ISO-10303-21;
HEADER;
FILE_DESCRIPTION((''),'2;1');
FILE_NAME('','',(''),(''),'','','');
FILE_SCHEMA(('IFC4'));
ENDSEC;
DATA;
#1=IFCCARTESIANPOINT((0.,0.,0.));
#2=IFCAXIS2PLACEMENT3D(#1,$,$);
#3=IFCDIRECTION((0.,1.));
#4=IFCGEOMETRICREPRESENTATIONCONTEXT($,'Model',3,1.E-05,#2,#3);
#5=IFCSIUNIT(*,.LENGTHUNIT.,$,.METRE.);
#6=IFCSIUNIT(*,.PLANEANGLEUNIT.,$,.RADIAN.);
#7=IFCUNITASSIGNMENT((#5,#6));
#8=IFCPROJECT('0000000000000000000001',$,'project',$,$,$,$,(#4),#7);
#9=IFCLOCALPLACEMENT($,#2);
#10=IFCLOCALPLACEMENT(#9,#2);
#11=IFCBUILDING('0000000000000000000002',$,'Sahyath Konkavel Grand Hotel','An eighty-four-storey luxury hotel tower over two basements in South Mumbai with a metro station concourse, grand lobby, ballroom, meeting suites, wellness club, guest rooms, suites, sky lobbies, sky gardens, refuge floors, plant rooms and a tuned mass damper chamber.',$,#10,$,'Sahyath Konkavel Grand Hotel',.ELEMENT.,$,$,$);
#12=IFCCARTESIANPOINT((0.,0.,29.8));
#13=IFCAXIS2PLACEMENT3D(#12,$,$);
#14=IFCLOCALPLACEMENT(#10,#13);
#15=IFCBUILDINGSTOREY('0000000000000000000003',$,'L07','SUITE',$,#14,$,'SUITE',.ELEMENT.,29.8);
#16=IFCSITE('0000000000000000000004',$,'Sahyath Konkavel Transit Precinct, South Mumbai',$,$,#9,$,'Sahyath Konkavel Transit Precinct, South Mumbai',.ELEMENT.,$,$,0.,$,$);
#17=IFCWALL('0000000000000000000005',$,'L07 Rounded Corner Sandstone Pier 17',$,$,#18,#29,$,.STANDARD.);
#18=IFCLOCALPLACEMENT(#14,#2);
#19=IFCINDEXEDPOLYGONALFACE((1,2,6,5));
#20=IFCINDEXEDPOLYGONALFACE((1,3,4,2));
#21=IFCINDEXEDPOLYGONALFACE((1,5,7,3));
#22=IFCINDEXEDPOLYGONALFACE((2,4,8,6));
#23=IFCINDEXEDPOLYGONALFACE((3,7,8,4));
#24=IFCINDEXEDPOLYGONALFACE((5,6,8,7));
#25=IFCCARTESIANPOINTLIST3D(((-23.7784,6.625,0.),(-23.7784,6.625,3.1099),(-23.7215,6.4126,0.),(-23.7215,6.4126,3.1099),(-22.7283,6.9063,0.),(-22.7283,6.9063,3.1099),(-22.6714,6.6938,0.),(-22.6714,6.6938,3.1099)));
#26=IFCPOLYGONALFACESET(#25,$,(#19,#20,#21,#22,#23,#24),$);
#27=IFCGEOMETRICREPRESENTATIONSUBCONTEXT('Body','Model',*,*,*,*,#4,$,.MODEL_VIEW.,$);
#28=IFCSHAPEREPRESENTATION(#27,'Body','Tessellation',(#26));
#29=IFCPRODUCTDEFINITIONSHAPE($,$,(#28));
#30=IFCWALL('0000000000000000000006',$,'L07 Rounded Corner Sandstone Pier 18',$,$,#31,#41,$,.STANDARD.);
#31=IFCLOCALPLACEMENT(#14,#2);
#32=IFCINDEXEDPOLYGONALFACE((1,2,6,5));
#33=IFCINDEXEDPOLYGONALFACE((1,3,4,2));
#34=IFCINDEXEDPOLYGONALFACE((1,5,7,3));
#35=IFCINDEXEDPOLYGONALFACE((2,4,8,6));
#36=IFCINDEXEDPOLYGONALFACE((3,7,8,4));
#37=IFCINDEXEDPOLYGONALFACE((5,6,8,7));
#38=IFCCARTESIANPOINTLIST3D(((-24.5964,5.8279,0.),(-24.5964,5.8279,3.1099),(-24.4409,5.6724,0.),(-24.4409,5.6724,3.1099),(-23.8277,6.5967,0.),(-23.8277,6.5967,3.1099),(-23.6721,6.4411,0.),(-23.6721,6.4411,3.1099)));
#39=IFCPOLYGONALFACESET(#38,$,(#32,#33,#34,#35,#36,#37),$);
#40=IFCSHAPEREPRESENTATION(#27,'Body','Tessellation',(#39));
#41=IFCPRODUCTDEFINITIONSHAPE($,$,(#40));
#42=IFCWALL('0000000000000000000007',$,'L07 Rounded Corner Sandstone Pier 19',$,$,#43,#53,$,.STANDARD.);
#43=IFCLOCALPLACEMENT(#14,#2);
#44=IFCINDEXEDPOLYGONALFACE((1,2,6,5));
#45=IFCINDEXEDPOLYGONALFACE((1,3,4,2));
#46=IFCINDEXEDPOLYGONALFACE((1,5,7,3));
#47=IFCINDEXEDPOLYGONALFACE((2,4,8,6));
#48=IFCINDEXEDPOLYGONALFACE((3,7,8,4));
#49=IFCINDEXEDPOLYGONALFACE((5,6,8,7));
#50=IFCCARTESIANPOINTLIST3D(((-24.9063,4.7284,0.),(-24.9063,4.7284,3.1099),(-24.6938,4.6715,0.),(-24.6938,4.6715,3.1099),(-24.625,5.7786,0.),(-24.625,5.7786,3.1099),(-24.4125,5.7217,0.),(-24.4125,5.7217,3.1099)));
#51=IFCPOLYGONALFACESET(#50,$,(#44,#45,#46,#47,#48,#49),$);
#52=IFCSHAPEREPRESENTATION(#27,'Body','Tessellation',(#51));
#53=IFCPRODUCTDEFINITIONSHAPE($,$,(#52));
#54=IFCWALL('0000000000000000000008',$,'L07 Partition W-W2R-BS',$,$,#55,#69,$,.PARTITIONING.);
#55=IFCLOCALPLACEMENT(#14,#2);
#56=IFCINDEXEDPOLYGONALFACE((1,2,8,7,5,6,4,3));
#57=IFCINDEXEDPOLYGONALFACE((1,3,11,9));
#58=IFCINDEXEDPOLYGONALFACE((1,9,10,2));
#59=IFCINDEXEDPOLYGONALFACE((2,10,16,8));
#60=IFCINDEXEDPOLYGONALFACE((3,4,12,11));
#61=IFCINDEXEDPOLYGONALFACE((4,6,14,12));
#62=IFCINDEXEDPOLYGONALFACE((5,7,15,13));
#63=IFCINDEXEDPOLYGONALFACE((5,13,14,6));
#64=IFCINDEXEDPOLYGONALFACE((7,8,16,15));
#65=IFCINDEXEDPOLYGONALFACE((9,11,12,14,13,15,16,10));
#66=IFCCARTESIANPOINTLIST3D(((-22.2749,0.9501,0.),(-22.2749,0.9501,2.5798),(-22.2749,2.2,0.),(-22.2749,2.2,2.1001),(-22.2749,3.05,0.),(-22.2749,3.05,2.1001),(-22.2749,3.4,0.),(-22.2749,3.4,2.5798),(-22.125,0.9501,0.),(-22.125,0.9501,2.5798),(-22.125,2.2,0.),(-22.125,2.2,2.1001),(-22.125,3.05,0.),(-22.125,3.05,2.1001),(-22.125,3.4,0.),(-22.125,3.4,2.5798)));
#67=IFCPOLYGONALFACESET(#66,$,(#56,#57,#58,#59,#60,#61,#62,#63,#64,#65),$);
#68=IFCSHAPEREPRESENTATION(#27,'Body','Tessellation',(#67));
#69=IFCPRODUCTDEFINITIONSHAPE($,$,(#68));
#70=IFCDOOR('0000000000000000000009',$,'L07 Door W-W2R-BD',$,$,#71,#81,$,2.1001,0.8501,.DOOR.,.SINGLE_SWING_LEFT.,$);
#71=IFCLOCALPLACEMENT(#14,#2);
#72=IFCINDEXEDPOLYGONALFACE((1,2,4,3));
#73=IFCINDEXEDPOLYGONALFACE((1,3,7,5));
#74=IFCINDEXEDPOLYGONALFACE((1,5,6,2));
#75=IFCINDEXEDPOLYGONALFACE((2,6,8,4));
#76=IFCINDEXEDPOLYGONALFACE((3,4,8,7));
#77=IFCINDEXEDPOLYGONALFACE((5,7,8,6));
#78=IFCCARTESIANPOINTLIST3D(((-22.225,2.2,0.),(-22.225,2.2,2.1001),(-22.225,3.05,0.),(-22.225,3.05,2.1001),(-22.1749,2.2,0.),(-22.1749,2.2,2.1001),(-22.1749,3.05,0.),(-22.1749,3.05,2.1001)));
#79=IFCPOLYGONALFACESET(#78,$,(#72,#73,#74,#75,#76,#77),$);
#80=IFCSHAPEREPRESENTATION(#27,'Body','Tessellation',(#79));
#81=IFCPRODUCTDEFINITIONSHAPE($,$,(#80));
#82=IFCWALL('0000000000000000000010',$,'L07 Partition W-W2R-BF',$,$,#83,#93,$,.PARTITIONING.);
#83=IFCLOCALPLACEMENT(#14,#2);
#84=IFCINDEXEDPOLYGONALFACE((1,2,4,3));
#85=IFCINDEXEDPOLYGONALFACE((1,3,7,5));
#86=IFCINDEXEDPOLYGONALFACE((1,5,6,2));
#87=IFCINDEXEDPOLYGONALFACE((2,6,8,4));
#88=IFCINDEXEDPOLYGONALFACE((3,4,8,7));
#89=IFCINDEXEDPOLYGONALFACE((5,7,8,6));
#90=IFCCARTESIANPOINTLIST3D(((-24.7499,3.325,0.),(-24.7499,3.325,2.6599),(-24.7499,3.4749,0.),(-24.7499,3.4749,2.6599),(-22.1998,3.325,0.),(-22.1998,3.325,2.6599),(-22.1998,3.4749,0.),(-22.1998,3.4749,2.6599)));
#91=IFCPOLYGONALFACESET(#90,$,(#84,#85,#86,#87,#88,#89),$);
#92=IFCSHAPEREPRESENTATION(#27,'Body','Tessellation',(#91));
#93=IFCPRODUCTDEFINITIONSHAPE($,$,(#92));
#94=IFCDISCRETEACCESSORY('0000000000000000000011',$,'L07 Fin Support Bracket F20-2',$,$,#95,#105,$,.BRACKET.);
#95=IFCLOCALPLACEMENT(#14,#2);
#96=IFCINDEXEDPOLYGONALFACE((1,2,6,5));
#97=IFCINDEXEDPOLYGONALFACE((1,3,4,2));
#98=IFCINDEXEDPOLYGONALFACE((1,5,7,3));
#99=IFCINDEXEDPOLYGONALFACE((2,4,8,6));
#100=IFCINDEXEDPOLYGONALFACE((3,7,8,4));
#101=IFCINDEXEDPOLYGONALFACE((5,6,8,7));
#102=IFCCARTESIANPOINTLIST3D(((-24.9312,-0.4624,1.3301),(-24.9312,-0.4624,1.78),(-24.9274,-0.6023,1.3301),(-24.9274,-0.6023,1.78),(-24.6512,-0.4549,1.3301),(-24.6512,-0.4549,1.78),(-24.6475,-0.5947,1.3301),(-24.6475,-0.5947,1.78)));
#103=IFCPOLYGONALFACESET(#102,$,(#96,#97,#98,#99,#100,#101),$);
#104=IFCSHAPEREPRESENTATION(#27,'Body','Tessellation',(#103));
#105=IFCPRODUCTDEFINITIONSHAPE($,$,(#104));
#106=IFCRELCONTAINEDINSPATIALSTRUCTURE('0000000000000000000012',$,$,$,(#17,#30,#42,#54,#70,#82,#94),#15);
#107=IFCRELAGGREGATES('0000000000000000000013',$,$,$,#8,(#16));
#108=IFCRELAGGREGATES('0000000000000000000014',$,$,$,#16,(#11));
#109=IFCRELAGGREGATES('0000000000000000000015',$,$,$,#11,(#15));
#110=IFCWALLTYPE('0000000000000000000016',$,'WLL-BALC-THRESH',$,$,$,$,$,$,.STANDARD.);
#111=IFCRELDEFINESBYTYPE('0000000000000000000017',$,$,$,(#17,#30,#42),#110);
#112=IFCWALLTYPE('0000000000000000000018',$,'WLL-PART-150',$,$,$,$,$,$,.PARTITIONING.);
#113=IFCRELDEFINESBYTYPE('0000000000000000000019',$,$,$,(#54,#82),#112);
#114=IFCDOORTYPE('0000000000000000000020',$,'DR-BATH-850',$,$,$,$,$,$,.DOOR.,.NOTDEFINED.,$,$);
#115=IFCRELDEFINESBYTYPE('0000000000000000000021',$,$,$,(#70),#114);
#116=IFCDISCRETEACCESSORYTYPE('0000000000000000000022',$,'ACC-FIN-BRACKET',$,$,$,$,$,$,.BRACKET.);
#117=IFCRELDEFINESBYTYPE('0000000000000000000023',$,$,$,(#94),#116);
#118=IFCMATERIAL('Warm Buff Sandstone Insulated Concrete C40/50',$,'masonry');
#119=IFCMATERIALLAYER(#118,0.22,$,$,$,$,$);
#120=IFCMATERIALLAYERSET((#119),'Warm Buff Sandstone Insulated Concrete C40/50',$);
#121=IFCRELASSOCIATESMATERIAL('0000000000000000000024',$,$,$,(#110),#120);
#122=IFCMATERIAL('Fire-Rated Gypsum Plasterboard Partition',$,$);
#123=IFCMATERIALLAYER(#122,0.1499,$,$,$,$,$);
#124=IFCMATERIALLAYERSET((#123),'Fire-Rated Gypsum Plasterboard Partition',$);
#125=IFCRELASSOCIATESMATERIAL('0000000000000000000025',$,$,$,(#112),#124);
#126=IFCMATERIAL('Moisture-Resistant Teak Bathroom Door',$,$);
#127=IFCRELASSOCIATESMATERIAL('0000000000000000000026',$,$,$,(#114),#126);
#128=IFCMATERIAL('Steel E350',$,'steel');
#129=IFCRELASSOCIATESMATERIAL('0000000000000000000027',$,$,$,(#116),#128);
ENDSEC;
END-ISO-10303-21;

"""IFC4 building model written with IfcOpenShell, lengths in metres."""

from ifc_helpers import new_model, si_unit, direction, frame, frame_2d, origin, origin_2d, place, context, subcontext, project, spatial, rectangle, extrude, source, transform, mapped, material, layer, layer_set, type_object, element, fill, save


model = new_model("IFC4")

# Units and contexts
model_context = context("Model", 3, precision=1e-05, world=origin(), true_north=direction((0.0, 1.0)))
body_context = subcontext(model_context, "Body", "Model", "MODEL_VIEW")
ifc_project = project(units=[si_unit("LENGTHUNIT", "METRE"), si_unit("PLANEANGLEUNIT", "RADIAN")], contexts=[model_context])

# Site, building, storey
site_placement = place(None, origin())
site = spatial("IfcSite", under=ifc_project, at=site_placement, Name="Sahyath Konkavel Transit Precinct, South Mumbai", LongName="Sahyath Konkavel Transit Precinct, South Mumbai", CompositionType="ELEMENT", RefElevation=0.0)
building_placement = place(site_placement, origin())
building = spatial("IfcBuilding", under=site, at=building_placement, Name="Sahyath Konkavel Grand Hotel", Description="An eighty-four-storey luxury hotel tower over two basements in South Mumbai with a metro station concourse, grand lobby, ballroom, meeting suites, wellness club, guest rooms, suites, sky lobbies, sky gardens, refuge floors, plant rooms and a tuned mass damper chamber.", LongName="Sahyath Konkavel Grand Hotel", CompositionType="ELEMENT")
storey_placement = place(building_placement, frame((0.0, 0.0, 29.8)))
storey = spatial("IfcBuildingStorey", under=building, at=storey_placement, Name="L07", Description="SUITE", LongName="SUITE", CompositionType="ELEMENT", Elevation=29.8)

# Shared definitions
ifc_material_1 = material(Name="Steel E350", Category="steel")

# Walls
ifc_material_2 = material(Name="Warm Buff Sandstone Insulated Concrete C40/50", Category="masonry")
ifc_layer_1 = layer(ifc_material_2, 0.22)
ifc_layer_set_1 = layer_set([ifc_layer_1], Name="Warm Buff Sandstone Insulated Concrete C40/50")
wall_type_1 = type_object("IfcWallType", Name="WLL-BALC-THRESH", PredefinedType="STANDARD", material=ifc_layer_set_1)
for number, where, z_axis, x_axis, name in (
    (1, (-22.7, 6.8, 0.0), (0.0, 0.0, 1.0), (-0.965951, -0.258725, 0.0), "L07 Rounded Corner Sandstone Pier 17"),
    (2, (-23.75, 6.5188, 0.0), (0.0, 0.0, 1.0), (-0.707107, -0.707107, 0.0), "L07 Rounded Corner Sandstone Pier 18"),
    (3, (-24.5188, 5.75, 0.0), (0.0, 0.0, 1.0), (-0.258725, -0.965951, 0.0), "L07 Rounded Corner Sandstone Pier 19"),
):
    element("IfcWall", number, at=place(storey_placement, frame(where, z_axis=z_axis, x_axis=x_axis)), inside=storey, type_object=wall_type_1, Name=name, PredefinedType="STANDARD", context=body_context, shape_type="SweptSolid", body=[
        extrude(rectangle(XDim=1.0872, YDim=0.22, at=frame_2d((0.5435, 0.0))), origin(), (0.0, 0.0, 1.0), 3.1099),
    ])

# Wall, opening, door
ifc_material_3 = material(Name="Fire-Rated Gypsum Plasterboard Partition")
ifc_layer_2 = layer(ifc_material_3, 0.1499)
ifc_layer_set_2 = layer_set([ifc_layer_2], Name="Fire-Rated Gypsum Plasterboard Partition")
wall_type_2 = type_object("IfcWallType", Name="WLL-PART-150", PredefinedType="PARTITIONING", material=ifc_layer_set_2)
wall_1_placement = place(storey_placement, frame((-22.2, 0.95, 0.0), z_axis=(0.0, 0.0, 1.0), x_axis=(0.0, 1.0, 0.0)))
wall_1 = element("IfcWall", 4, at=wall_1_placement, inside=storey, type_object=wall_type_2, Name="L07 Partition W-W2R-BS", PredefinedType="PARTITIONING", context=body_context, shape_type="SweptSolid", body=[
    extrude(rectangle(XDim=2.45, YDim=0.1499, at=frame_2d((1.2251, 0.0))), origin(), (0.0, 0.0, 1.0), 2.5798),
])
opening_placement = place(wall_1_placement, frame((1.25, 0.0, 0.0)))
opening = element("IfcOpeningElement", 5, at=opening_placement, cuts=wall_1, PredefinedType="OPENING", context=body_context, shape_type="SweptSolid", body=[
    extrude(rectangle(XDim=0.8501, YDim=2.1001, at=frame_2d((0.425, 1.05))), frame((0.0, 0.085, 0.0), z_axis=(0.0, -1.0, 0.0), x_axis=(1.0, 0.0, 0.0)), (0.0, 0.0, 1.0), 0.1699),
])
ifc_material_4 = material(Name="Moisture-Resistant Teak Bathroom Door")
door_type = type_object("IfcDoorType", Name="DR-BATH-850", OperationType="NOTDEFINED", PredefinedType="DOOR", material=ifc_material_4)
shared_shape_1 = source(origin(), body_context, "Body", "SweptSolid", [
    extrude(rectangle(XDim=0.8501, YDim=0.05, at=origin_2d()), origin(), (0.0, 0.0, 1.0), 2.1001),
])
door_placement = place(opening_placement, frame((0.425, 0.0, 0.0)))
door = element("IfcDoor", 6, at=door_placement, inside=storey, type_object=door_type, Name="L07 Door W-W2R-BD", OperationType="SINGLE_SWING_LEFT", OverallHeight=2.1001, OverallWidth=0.8501, PredefinedType="DOOR", context=body_context, shape_type="MappedRepresentation", body=[
    mapped(shared_shape_1, transform((0.0, 0.0, 0.0), scale=1.0)),
])
fill(opening, door)

# Wall
wall_2_placement = place(storey_placement, frame((-22.2, 3.3999, 0.0), z_axis=(0.0, 0.0, 1.0), x_axis=(-1.0, 0.0, 0.0)))
element("IfcWall", 7, at=wall_2_placement, inside=storey, type_object=wall_type_2, Name="L07 Partition W-W2R-BF", PredefinedType="PARTITIONING", context=body_context, shape_type="SweptSolid", body=[
    extrude(rectangle(XDim=2.55, YDim=0.1499, at=frame_2d((1.2749, 0.0))), origin(), (0.0, 0.0, 1.0), 2.6599),
])

# Discrete accessory
discrete_accessory_type = type_object("IfcDiscreteAccessoryType", Name="ACC-FIN-BRACKET", PredefinedType="BRACKET", material=ifc_material_1)
shared_shape_2 = source(origin(), body_context, "Body", "SweptSolid", [
    extrude(rectangle(XDim=0.28, YDim=0.1399, at=origin_2d()), origin(), (0.0, 0.0, 1.0), 0.45),
])
discrete_accessory_placement = place(storey_placement, frame((-24.7893, -0.5286, 1.3301), z_axis=(0.0, 0.0, 1.0), x_axis=(-0.999638, -0.02691, 0.0)))
element("IfcDiscreteAccessory", 8, at=discrete_accessory_placement, inside=storey, type_object=discrete_accessory_type, Name="L07 Fin Support Bracket F20-2", PredefinedType="BRACKET", context=body_context, shape_type="MappedRepresentation", body=[
    mapped(shared_shape_2, transform((0.0, 0.0, 0.0), scale=1.0)),
])

save(model, "model.ifc")
